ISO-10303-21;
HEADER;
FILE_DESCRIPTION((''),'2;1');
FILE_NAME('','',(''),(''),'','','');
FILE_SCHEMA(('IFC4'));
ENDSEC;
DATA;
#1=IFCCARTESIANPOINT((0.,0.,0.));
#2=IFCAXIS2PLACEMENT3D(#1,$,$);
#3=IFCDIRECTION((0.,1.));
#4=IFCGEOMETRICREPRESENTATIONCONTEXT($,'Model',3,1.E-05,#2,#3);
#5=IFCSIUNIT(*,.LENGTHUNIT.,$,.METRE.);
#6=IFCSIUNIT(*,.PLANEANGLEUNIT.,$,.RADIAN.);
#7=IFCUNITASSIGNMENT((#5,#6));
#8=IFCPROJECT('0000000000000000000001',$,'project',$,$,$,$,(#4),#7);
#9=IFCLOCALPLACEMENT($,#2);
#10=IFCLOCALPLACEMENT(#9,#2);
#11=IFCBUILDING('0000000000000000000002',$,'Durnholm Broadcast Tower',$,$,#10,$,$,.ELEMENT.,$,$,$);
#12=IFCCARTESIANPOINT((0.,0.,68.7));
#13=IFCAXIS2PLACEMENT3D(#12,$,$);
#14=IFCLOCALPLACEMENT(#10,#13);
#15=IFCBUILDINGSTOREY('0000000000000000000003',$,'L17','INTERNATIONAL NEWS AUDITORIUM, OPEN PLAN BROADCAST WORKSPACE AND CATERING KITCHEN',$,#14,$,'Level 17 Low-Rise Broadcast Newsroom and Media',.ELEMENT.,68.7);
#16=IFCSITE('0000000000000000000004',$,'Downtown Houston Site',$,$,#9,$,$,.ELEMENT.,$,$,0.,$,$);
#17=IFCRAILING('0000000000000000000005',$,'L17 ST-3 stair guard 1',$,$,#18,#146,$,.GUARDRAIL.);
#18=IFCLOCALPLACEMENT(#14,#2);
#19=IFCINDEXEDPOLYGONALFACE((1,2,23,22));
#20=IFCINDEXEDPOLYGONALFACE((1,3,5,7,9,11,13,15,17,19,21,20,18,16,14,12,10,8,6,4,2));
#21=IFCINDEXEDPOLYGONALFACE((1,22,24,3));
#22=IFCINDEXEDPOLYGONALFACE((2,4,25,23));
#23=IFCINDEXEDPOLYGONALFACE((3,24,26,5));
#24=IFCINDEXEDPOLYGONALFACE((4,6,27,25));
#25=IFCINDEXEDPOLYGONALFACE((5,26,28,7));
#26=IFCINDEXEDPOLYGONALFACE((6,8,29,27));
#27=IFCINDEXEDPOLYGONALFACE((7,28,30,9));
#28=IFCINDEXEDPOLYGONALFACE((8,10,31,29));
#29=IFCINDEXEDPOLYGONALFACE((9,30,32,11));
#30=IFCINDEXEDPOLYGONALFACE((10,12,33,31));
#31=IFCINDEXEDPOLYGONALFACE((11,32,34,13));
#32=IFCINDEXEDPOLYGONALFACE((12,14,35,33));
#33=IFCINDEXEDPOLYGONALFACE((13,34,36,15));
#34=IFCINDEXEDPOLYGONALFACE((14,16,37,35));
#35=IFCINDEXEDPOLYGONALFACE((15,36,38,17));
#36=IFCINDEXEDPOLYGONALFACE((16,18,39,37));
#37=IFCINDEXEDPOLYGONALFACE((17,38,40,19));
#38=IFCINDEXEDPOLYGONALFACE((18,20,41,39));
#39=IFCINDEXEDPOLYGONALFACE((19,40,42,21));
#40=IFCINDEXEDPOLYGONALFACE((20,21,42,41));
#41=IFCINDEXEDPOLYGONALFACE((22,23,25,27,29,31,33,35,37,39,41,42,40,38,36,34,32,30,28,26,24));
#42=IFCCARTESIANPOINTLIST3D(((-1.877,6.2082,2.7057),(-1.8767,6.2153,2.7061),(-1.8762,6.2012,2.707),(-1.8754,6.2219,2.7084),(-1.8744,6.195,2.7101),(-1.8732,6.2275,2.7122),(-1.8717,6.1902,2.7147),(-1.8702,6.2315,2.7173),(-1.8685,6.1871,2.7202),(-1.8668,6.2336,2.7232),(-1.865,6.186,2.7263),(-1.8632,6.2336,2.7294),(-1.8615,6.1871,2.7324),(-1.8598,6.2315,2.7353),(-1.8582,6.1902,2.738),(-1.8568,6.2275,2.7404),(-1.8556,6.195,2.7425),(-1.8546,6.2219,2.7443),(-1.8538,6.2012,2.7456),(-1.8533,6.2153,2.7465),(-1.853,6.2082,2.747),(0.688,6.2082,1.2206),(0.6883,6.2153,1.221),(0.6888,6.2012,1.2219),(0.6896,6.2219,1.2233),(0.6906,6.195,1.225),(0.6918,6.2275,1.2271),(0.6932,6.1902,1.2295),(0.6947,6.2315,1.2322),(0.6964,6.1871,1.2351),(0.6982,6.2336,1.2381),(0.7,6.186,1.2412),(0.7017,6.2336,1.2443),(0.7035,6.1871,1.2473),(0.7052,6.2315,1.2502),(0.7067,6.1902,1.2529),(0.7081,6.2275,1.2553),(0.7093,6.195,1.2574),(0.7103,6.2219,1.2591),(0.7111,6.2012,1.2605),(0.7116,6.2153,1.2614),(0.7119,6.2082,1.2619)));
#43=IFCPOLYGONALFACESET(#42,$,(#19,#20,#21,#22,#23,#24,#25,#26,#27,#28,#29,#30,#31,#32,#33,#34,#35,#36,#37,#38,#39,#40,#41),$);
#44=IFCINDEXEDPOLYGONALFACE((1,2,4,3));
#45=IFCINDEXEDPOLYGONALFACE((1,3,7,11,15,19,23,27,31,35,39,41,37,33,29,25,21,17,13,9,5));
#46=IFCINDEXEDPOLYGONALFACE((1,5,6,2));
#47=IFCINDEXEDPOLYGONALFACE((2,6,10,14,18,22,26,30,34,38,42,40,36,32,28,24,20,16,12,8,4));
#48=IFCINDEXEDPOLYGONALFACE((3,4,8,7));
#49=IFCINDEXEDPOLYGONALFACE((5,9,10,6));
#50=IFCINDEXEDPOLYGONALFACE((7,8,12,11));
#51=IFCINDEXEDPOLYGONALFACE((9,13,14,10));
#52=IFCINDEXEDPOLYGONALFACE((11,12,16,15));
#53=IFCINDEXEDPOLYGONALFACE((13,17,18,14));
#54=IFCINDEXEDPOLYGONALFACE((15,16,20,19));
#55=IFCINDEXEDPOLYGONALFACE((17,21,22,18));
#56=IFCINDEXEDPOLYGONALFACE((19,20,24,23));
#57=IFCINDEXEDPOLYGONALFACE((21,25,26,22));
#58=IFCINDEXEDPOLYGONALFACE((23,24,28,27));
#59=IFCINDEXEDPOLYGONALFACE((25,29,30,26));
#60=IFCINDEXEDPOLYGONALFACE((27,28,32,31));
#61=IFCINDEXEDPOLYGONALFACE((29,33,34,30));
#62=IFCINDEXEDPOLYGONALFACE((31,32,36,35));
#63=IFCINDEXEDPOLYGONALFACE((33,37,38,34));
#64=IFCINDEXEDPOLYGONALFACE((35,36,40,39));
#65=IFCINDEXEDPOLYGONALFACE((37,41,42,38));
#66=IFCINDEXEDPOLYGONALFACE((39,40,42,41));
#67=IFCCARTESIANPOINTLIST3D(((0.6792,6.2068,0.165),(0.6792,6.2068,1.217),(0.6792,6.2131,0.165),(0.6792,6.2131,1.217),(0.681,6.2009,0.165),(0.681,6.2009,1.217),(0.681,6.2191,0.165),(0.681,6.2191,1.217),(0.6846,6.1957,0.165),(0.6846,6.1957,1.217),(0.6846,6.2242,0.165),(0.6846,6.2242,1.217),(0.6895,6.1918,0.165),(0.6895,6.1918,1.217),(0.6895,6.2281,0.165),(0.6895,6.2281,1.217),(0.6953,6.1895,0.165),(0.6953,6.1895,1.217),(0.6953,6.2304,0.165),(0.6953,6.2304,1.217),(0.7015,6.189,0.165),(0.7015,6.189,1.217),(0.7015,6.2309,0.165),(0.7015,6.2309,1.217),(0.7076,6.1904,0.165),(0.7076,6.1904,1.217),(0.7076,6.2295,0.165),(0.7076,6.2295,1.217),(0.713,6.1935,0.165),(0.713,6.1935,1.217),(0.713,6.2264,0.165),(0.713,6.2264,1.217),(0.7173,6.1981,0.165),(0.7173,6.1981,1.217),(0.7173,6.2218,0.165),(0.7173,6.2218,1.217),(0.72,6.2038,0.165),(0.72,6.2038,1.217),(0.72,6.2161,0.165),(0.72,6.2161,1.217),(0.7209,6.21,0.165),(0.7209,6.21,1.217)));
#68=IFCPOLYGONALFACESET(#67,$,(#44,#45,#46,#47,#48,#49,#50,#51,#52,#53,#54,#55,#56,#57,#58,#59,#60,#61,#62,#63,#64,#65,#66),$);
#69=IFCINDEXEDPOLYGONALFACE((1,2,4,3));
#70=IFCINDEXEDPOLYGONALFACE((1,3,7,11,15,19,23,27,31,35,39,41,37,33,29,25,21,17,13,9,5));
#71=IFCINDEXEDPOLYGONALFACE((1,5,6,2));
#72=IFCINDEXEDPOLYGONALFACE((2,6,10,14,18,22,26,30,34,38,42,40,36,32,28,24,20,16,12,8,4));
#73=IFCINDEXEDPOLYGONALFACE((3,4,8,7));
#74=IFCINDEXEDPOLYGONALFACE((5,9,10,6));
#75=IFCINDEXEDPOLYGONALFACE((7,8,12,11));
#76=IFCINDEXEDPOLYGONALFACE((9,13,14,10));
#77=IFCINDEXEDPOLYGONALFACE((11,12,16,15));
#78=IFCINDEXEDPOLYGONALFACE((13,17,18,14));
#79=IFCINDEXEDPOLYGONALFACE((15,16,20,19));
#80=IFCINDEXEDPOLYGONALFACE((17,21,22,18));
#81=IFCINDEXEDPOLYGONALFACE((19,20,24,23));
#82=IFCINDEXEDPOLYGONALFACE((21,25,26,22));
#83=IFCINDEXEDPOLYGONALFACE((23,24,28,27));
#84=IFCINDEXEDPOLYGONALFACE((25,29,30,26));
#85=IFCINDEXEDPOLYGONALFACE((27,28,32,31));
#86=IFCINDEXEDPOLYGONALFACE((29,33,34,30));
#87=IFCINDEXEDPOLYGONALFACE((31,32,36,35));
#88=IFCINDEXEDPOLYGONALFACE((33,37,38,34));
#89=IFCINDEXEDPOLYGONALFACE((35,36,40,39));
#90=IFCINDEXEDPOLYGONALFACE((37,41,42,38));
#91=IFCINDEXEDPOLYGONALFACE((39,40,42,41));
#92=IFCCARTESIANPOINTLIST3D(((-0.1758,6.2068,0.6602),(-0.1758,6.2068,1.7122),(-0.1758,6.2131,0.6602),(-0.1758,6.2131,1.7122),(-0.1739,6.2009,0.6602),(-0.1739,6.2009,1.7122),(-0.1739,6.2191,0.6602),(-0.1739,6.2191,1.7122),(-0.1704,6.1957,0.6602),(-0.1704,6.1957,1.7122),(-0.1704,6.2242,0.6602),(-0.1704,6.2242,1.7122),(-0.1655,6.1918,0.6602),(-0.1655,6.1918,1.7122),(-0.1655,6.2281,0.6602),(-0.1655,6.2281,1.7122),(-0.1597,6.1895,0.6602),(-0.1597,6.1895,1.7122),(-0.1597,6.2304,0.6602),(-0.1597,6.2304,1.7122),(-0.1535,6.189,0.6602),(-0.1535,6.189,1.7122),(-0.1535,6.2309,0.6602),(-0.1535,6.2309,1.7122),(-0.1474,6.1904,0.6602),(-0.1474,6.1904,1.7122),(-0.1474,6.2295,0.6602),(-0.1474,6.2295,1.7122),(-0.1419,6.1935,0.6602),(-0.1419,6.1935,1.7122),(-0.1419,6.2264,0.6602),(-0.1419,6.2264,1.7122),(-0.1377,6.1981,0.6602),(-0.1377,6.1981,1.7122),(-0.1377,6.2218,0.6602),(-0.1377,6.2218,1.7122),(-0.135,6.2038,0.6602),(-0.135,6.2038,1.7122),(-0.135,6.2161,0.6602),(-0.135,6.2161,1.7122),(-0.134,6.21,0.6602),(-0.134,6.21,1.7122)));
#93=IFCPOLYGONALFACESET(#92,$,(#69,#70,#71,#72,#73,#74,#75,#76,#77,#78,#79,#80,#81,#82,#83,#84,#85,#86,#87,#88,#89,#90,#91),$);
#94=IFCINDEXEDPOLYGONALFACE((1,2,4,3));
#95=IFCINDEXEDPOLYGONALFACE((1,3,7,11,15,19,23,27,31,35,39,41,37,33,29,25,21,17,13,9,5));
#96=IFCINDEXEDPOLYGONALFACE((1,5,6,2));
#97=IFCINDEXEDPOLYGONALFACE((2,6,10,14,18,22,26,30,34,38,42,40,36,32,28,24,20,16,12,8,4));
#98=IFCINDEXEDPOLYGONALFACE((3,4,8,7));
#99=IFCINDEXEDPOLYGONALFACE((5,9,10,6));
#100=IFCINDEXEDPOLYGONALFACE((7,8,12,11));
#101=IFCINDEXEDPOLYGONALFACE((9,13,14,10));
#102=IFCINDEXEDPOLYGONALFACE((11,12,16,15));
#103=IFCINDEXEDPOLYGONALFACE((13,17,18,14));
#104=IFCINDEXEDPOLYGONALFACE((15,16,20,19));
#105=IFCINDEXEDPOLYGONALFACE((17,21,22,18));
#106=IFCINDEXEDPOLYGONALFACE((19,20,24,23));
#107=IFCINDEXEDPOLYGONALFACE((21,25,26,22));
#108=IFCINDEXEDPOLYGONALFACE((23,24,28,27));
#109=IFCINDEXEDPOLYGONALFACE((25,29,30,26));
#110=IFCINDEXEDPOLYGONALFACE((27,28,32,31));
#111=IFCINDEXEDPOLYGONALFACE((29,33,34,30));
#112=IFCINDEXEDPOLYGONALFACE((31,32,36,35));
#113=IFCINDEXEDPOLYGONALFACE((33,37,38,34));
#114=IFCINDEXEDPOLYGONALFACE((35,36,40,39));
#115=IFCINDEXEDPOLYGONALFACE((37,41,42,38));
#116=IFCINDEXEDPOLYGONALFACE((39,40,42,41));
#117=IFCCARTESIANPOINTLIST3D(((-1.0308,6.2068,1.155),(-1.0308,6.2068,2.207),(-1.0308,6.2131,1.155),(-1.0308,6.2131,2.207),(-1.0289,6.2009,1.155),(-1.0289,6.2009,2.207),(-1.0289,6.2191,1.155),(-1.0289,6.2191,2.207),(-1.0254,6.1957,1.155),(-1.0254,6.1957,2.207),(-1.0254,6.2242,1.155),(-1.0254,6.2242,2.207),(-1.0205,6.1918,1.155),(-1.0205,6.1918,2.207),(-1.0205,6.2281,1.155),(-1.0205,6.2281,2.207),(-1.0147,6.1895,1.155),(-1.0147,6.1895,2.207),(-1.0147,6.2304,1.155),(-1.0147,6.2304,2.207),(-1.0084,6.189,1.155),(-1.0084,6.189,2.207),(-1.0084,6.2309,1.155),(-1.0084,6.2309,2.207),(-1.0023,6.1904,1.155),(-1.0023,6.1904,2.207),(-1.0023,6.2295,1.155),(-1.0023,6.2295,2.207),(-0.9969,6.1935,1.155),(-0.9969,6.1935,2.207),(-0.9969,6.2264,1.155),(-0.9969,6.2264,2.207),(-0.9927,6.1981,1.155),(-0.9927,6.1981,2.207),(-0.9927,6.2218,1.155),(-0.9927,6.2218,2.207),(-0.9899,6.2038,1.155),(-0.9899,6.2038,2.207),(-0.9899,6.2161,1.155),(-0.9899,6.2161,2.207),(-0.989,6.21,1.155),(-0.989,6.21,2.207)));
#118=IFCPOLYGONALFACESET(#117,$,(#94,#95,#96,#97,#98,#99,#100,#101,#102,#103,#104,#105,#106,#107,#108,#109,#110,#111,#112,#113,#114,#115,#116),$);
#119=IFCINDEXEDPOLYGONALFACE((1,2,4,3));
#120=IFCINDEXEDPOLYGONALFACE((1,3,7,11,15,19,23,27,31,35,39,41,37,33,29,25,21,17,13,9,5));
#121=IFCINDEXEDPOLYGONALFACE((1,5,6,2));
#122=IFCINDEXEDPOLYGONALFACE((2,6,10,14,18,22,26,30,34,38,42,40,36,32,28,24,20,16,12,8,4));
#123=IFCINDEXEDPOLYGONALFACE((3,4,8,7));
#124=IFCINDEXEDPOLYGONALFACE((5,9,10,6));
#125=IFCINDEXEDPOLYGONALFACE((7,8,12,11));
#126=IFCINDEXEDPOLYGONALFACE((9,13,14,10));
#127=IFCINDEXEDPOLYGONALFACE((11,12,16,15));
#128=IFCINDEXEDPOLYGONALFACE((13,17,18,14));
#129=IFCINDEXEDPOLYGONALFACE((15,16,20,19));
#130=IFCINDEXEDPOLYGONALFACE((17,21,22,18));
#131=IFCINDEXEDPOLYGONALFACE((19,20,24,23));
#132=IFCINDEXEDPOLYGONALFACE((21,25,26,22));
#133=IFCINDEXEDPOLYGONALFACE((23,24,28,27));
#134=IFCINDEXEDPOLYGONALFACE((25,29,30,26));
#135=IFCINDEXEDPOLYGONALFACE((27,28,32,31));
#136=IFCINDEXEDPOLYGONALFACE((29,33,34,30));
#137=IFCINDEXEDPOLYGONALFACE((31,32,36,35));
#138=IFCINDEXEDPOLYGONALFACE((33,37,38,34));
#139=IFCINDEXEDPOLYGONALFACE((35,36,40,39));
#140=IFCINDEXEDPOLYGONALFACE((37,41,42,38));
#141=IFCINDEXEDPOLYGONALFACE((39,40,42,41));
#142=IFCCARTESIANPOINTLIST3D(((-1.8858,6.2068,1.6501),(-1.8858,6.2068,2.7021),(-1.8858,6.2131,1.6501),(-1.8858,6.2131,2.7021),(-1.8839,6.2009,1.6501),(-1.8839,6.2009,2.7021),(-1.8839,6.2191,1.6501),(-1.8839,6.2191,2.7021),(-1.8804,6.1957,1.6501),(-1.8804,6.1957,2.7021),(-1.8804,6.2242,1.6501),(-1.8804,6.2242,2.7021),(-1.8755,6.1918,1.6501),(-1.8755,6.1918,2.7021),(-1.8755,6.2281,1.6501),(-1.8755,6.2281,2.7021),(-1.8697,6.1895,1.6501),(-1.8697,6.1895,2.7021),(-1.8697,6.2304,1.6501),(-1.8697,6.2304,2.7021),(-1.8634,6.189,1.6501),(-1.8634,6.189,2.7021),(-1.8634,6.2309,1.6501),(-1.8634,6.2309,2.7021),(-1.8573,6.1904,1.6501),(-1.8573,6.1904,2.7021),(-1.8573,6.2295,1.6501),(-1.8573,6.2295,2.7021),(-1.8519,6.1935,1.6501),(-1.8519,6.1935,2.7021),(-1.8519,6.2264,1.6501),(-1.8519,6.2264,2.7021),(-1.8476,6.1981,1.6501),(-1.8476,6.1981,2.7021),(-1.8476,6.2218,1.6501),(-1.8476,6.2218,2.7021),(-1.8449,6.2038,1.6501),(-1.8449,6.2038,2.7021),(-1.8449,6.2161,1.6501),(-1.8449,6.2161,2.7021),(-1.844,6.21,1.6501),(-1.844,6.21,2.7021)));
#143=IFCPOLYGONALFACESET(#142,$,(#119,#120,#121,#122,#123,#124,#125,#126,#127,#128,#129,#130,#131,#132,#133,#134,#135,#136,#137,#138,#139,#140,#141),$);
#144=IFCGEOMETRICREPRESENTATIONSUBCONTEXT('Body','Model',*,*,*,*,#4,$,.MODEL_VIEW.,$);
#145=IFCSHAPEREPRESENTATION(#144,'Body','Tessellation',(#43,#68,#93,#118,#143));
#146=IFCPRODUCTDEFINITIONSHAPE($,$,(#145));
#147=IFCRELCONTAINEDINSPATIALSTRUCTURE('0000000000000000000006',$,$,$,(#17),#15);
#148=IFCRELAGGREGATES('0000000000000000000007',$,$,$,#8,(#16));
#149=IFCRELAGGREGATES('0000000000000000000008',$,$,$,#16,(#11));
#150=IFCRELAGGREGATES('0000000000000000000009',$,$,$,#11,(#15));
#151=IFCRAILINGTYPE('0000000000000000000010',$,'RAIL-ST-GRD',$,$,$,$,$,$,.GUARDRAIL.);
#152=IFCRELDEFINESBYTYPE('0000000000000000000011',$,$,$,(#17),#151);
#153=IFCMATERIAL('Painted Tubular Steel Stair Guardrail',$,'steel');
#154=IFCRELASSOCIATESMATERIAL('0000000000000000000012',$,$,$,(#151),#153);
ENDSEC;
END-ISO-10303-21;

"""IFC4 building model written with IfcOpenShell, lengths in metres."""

from ifc_helpers import new_model, si_unit, direction, frame, origin, origin_2d, place, context, subcontext, project, spatial, circle, extrude, material, type_object, element, save


model = new_model("IFC4")

# Units and contexts
model_context = context("Model", 3, precision=1e-05, world=origin(), true_north=direction((0.0, 1.0)))
body_context = subcontext(model_context, "Body", "Model", "MODEL_VIEW")
ifc_project = project(units=[si_unit("LENGTHUNIT", "METRE"), si_unit("PLANEANGLEUNIT", "RADIAN")], contexts=[model_context])

# Site, building, storey
site_placement = place(None, origin())
site = spatial("IfcSite", under=ifc_project, at=site_placement, Name="Downtown Houston Site", CompositionType="ELEMENT", RefElevation=0.0)
building_placement = place(site_placement, origin())
building = spatial("IfcBuilding", under=site, at=building_placement, Name="Durnholm Broadcast Tower", CompositionType="ELEMENT")
storey_placement = place(building_placement, frame((0.0, 0.0, 68.7)))
storey = spatial("IfcBuildingStorey", under=building, at=storey_placement, Name="L17", Description="INTERNATIONAL NEWS AUDITORIUM, OPEN PLAN BROADCAST WORKSPACE AND CATERING KITCHEN", LongName="Level 17 Low-Rise Broadcast Newsroom and Media", CompositionType="ELEMENT", Elevation=68.7)

# Railing
ifc_material_1 = material(Name="Painted Tubular Steel Stair Guardrail", Category="steel")
railing_type_1 = type_object("IfcRailingType", Name="RAIL-ST-GRD", PredefinedType="GUARDRAIL", material=ifc_material_1)
railing_1_placement = place(storey_placement, frame((0.7, 6.21, 0.165)))
element("IfcRailing", 1, at=railing_1_placement, inside=storey, type_object=railing_type_1, Name="L17 ST-3 stair guard 1", PredefinedType="GUARDRAIL", context=body_context, shape_type="SweptSolid", body=[
    extrude(circle(Radius=0.0239, at=origin_2d()), frame((0.0, 0.0, 1.0762), z_axis=(-0.865406, 0.0, 0.501072), x_axis=(0.0, -1.0, 0.0)), (0.0, 0.0, 1.0), 2.9639),
    extrude(circle(Radius=0.021, at=origin_2d()), origin(), (0.0, 0.0, 1.0), 1.052),
    extrude(circle(Radius=0.021, at=origin_2d()), frame((-0.855, 0.0, 0.4951)), (0.0, 0.0, 1.0), 1.052),
    extrude(circle(Radius=0.021, at=origin_2d()), frame((-1.71, 0.0, 0.99)), (0.0, 0.0, 1.0), 1.052),
    extrude(circle(Radius=0.021, at=origin_2d()), frame((-2.5649, 0.0, 1.4851)), (0.0, 0.0, 1.0), 1.052),
])

save(model, "model.ifc")
